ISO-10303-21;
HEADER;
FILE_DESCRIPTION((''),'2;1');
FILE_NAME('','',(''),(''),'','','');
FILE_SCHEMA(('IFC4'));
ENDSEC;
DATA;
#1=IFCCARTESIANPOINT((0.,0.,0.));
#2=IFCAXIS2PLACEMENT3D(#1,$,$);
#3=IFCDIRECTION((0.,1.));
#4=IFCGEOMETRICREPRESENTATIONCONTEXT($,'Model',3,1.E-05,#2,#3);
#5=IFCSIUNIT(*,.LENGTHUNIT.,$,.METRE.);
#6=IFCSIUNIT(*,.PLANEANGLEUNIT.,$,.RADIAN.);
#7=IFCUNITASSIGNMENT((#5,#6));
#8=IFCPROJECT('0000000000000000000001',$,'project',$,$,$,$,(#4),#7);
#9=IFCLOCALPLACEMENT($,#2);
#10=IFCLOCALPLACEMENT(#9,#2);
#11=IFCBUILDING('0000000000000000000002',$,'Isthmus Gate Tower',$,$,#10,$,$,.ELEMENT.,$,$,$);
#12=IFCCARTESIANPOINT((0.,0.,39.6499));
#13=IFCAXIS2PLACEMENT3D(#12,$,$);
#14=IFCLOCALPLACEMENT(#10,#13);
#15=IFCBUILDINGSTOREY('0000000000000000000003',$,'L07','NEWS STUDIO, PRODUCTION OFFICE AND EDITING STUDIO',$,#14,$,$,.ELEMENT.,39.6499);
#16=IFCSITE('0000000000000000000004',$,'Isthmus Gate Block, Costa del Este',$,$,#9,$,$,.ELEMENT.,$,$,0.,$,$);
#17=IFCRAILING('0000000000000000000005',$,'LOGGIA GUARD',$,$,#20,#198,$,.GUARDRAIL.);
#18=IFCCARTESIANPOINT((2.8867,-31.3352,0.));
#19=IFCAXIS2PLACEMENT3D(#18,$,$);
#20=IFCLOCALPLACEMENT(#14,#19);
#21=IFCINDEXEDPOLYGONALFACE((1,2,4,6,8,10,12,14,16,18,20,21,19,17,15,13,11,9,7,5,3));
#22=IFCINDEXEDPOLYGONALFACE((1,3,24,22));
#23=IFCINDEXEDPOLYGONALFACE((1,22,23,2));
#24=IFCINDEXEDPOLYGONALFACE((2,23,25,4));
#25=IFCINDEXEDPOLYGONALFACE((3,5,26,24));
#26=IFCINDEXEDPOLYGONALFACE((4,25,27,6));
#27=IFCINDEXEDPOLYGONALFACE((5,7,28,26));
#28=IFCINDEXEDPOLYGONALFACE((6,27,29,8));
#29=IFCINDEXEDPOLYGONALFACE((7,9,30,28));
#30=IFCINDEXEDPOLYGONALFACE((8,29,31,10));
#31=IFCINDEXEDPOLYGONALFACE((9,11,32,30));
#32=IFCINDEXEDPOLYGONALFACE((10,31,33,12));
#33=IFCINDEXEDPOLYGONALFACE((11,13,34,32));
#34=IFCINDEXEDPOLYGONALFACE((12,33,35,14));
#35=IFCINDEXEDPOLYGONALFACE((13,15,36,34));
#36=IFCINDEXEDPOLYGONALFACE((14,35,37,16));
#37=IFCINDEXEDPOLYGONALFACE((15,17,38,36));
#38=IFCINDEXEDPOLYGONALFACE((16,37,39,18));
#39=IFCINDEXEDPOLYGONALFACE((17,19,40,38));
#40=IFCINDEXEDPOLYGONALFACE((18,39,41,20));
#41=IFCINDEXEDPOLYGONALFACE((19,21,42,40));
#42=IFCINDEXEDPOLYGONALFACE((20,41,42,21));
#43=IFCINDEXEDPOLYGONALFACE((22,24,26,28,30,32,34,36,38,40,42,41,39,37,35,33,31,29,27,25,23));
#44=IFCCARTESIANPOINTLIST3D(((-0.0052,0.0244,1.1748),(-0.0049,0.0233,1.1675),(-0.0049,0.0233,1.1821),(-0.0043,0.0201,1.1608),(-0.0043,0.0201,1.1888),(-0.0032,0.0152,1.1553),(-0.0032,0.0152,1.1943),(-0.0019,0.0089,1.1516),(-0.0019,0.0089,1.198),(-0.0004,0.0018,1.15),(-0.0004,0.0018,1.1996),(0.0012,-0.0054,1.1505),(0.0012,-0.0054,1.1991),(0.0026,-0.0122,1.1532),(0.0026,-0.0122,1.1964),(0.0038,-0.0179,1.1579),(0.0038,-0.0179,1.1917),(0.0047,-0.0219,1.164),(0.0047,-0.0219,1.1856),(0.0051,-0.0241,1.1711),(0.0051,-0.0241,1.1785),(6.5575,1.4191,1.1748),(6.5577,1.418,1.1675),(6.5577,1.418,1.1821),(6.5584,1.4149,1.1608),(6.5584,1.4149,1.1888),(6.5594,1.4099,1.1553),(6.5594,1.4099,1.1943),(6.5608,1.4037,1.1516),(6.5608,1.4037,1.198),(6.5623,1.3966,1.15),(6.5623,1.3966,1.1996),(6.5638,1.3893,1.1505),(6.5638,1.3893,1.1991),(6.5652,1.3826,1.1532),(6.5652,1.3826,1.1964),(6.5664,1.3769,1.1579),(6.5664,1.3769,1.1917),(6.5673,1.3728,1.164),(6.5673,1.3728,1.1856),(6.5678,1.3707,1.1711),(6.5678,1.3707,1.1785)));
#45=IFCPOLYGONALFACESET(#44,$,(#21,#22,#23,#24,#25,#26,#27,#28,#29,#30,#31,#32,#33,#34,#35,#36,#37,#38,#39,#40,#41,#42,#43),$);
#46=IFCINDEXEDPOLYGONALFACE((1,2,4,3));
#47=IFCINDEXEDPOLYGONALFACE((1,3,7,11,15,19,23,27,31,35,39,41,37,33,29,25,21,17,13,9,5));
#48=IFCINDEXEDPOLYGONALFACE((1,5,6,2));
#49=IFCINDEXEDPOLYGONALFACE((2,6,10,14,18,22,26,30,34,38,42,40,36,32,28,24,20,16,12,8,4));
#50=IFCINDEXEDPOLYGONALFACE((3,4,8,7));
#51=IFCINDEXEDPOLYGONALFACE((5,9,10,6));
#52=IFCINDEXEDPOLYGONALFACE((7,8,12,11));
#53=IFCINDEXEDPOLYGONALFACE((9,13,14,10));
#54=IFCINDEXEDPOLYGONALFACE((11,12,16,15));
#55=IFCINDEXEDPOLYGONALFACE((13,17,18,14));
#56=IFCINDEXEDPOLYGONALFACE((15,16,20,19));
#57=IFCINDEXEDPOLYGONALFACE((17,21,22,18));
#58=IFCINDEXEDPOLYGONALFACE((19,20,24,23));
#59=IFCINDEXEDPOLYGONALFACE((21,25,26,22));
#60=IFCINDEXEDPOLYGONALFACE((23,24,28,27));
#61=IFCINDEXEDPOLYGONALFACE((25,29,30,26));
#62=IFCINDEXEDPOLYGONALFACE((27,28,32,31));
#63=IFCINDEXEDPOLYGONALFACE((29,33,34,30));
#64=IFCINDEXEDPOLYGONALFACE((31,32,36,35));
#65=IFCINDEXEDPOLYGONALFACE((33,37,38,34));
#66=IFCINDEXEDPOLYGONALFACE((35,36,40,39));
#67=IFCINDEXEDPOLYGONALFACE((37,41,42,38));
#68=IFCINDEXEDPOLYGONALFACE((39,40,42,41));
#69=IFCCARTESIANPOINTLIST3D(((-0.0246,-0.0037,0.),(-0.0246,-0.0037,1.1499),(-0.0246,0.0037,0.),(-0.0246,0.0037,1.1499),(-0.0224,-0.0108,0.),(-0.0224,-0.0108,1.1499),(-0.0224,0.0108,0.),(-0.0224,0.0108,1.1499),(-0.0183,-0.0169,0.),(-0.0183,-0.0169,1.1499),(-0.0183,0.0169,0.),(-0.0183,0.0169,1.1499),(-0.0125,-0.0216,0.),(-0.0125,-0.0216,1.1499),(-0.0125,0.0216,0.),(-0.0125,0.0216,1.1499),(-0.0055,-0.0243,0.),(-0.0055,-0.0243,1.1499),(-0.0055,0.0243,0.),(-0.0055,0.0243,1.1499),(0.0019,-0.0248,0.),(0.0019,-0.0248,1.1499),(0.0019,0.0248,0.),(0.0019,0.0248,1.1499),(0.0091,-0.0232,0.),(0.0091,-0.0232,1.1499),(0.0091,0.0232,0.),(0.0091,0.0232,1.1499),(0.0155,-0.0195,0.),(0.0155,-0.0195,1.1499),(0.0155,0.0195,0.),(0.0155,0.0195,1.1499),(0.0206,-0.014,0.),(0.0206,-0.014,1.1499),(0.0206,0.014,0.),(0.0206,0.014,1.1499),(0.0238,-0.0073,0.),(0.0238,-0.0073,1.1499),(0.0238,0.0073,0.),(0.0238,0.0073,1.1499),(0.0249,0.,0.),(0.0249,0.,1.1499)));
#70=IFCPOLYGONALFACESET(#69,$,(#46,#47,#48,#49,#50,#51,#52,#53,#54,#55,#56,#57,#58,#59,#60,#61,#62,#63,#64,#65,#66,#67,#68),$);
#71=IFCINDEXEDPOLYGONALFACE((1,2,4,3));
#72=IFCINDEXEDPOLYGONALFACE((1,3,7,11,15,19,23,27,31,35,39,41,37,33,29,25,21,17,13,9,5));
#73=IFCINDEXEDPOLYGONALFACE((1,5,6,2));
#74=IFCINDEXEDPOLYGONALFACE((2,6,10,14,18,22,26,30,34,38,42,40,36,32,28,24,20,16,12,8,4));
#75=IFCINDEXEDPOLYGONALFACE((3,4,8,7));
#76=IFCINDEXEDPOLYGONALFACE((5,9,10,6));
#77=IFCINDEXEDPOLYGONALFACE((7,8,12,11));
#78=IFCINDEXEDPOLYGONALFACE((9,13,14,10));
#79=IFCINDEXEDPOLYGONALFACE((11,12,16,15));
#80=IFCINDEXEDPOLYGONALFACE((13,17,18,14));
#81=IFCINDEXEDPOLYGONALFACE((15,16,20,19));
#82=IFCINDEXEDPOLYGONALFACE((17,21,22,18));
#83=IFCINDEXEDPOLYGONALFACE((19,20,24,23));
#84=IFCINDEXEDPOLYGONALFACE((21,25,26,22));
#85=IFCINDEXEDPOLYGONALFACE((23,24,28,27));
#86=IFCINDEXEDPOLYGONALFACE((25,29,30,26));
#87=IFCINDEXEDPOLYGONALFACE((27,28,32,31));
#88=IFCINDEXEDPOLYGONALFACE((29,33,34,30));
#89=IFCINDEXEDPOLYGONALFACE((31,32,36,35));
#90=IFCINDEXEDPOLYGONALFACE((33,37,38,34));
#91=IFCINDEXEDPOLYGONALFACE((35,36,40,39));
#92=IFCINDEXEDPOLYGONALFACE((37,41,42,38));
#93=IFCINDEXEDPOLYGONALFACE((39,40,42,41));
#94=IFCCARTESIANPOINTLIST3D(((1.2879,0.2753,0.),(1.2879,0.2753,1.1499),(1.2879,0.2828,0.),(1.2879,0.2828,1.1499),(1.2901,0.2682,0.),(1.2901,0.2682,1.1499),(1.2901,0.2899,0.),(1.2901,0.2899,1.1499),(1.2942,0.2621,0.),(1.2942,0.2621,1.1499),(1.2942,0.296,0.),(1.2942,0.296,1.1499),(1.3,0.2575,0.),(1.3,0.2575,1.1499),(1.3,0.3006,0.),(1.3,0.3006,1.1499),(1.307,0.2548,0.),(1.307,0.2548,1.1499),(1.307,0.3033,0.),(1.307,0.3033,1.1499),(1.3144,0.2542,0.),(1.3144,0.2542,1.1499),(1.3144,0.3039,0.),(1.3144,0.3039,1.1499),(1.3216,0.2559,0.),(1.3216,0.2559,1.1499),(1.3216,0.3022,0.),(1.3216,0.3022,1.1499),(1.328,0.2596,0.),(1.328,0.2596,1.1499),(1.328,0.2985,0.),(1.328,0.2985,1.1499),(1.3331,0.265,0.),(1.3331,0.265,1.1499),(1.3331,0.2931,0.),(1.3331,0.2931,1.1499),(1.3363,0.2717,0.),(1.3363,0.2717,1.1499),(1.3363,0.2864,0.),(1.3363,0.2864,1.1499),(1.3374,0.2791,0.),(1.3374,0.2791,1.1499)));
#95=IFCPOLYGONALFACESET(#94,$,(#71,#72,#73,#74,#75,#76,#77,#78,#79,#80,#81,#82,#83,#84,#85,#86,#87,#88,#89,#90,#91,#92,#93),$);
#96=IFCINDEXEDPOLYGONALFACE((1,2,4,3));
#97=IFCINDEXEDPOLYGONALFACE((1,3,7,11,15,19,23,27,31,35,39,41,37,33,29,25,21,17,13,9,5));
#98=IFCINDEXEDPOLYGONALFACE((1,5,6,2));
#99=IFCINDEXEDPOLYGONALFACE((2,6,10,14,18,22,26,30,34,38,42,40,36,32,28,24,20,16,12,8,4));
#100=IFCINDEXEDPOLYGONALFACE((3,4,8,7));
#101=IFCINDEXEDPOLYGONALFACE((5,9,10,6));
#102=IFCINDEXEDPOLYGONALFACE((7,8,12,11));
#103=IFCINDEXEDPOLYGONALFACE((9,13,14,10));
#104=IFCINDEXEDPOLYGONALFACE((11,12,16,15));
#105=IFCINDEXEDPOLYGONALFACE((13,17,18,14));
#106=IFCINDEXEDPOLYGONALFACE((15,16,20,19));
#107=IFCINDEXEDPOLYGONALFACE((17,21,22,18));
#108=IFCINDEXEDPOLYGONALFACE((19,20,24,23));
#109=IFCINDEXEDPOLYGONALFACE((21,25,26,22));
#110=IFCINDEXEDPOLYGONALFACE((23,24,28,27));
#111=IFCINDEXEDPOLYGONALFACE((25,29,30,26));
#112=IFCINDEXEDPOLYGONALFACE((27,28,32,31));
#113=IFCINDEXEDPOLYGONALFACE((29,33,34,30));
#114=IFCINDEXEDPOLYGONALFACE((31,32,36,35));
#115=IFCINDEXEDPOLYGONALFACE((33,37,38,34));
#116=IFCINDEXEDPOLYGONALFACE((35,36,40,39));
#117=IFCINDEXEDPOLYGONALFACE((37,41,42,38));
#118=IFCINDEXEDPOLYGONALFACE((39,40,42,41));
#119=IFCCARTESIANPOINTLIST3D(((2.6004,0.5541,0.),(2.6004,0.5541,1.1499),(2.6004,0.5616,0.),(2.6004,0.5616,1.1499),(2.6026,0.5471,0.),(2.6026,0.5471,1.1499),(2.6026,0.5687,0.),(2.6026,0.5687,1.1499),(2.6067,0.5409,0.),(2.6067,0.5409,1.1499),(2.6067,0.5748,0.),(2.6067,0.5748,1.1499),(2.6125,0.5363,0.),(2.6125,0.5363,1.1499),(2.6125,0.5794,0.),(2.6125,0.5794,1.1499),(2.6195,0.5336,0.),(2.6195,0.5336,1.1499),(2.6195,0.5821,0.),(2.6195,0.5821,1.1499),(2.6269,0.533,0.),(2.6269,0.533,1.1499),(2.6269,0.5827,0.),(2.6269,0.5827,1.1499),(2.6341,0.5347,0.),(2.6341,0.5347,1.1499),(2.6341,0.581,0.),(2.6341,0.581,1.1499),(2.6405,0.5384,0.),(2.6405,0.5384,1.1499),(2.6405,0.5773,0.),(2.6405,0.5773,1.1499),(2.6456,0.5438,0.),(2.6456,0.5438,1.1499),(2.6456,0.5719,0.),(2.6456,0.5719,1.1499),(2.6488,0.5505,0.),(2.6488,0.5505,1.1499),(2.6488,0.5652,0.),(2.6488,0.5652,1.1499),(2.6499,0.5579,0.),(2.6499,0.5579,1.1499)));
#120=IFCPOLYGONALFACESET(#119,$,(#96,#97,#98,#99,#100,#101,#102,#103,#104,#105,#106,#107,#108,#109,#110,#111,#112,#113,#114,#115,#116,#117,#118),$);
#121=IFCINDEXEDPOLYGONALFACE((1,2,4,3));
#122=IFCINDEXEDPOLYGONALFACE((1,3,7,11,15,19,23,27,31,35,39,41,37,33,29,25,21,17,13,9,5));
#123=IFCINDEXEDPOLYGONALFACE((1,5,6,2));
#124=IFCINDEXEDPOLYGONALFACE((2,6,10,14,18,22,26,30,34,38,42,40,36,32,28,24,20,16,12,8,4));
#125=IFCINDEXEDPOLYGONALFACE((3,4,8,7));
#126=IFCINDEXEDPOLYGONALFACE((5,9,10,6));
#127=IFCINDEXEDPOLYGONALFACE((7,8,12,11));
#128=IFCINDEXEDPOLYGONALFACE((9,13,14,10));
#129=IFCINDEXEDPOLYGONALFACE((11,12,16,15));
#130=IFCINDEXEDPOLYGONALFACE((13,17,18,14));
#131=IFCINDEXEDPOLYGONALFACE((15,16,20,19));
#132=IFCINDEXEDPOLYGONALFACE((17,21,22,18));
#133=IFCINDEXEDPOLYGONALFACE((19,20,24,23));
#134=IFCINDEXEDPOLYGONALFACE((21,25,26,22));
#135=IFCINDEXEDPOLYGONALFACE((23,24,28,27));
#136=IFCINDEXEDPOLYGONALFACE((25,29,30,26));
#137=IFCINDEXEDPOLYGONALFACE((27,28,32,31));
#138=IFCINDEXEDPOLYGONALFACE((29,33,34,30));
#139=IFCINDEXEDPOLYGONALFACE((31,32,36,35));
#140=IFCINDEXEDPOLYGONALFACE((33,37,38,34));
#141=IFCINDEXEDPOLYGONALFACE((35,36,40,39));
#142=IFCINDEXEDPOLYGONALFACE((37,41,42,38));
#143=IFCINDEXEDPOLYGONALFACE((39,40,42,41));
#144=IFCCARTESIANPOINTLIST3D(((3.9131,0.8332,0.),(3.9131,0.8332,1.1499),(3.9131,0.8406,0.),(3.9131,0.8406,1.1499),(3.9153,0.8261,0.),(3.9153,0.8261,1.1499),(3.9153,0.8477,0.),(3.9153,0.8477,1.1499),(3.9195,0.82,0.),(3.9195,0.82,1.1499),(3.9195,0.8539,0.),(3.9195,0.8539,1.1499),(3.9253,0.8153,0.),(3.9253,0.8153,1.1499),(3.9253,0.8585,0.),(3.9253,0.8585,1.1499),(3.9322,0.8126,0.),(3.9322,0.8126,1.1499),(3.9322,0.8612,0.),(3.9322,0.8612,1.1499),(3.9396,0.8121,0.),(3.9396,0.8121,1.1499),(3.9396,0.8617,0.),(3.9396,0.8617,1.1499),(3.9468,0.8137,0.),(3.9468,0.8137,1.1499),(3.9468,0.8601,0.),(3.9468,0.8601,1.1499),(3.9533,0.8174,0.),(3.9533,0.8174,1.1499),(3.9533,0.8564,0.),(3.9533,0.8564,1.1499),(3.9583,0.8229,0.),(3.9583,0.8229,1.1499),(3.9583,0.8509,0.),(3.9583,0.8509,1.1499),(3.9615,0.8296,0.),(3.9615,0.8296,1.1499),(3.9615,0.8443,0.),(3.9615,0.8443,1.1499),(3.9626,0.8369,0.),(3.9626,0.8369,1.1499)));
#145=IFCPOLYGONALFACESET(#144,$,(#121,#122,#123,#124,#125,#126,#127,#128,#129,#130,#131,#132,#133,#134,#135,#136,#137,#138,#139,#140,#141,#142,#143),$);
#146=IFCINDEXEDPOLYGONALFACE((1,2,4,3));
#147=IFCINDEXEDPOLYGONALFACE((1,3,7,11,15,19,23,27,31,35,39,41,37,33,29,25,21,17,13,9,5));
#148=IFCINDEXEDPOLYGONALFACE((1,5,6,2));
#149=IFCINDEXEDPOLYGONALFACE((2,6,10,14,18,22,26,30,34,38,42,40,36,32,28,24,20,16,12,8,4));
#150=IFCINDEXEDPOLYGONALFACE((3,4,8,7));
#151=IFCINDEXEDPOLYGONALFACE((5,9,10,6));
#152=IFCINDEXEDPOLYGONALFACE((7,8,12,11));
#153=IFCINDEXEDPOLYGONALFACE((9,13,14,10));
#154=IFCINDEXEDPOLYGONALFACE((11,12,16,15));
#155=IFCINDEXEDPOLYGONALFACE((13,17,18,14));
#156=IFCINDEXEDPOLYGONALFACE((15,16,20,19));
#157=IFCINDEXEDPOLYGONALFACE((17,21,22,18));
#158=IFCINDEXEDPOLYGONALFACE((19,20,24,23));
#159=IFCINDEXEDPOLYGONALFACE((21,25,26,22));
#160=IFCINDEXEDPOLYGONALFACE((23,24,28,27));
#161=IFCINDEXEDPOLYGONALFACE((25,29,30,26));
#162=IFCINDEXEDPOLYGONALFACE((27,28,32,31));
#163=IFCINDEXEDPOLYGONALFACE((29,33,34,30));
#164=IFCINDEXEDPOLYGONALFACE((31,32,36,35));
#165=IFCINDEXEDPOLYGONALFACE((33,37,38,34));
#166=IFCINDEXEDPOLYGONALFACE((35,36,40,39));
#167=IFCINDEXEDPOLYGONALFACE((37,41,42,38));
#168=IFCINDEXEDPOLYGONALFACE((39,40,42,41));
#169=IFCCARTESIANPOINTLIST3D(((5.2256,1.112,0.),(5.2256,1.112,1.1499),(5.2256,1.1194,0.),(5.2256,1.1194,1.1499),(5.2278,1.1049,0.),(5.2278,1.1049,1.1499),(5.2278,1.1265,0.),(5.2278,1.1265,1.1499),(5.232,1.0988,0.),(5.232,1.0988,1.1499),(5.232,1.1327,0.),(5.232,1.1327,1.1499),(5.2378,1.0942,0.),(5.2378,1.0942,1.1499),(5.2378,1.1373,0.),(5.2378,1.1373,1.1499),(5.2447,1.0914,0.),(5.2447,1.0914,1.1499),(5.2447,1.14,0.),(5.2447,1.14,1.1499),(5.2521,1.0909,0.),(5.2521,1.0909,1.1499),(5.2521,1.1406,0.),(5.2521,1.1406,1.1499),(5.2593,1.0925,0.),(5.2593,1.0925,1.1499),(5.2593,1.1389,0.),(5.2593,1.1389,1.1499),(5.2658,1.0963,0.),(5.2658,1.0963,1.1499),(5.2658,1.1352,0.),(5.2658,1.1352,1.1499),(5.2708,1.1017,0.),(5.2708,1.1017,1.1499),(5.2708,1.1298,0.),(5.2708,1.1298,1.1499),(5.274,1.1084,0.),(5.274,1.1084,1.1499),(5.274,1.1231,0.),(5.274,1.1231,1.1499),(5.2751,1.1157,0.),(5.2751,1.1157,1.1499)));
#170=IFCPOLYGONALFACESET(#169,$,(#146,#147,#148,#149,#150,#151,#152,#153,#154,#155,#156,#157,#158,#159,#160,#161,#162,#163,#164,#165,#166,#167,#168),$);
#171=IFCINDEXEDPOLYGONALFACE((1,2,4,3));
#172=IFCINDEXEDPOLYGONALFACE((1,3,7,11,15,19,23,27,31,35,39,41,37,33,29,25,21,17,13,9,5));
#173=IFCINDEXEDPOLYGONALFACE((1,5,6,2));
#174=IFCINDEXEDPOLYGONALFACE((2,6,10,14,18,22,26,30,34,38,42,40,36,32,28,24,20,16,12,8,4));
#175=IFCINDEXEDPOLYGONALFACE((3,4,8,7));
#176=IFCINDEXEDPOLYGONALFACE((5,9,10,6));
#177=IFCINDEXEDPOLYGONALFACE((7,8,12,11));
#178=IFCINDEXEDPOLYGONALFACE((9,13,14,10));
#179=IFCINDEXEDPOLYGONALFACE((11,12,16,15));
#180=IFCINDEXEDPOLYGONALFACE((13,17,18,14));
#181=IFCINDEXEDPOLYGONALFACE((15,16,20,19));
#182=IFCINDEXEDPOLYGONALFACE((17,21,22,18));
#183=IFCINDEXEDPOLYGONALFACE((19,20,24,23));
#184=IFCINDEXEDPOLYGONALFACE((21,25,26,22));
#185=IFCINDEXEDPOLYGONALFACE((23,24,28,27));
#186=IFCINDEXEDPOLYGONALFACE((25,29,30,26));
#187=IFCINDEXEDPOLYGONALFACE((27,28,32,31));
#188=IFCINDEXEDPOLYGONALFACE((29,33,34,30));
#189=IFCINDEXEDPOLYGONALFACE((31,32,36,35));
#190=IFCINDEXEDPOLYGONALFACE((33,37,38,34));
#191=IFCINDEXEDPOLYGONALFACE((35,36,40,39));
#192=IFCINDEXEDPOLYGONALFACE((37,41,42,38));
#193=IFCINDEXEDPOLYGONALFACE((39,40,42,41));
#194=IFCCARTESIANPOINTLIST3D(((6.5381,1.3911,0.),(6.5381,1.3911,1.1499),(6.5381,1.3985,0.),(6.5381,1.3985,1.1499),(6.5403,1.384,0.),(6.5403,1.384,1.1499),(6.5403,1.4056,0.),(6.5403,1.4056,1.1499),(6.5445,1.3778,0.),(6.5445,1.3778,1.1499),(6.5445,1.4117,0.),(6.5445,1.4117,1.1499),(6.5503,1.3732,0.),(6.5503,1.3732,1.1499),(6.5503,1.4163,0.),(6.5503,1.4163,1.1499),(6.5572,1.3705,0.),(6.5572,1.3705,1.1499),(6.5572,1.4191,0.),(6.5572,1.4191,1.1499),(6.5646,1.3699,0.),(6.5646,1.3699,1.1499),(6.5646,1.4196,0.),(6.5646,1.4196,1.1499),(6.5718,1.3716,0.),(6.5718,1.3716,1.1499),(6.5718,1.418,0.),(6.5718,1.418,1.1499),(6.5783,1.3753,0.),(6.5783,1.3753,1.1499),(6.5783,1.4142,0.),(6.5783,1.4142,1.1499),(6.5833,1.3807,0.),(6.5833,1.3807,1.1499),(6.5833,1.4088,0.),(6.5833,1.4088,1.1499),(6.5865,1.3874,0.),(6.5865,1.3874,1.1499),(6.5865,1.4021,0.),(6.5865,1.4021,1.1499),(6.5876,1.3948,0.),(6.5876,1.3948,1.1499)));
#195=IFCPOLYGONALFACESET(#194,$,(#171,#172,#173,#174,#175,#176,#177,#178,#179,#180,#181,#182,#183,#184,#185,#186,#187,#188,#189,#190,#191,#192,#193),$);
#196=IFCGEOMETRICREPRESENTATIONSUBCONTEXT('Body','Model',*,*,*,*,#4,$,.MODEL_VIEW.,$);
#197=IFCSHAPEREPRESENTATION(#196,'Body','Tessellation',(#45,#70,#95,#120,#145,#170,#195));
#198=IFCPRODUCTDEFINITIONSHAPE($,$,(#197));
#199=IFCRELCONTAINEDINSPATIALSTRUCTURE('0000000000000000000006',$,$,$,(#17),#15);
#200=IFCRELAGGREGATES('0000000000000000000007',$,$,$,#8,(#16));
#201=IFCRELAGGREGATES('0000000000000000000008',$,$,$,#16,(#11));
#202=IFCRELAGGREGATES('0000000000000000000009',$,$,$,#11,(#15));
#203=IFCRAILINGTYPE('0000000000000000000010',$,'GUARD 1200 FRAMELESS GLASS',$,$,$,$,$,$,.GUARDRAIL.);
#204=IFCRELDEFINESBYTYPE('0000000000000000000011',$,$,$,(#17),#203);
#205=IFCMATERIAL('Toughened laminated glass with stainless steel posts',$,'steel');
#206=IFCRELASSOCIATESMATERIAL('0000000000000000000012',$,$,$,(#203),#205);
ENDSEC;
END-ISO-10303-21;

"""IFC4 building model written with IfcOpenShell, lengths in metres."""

from ifc_helpers import new_model, si_unit, direction, frame, origin, origin_2d, place, context, subcontext, project, spatial, circle, extrude, material, type_object, element, save


model = new_model("IFC4")

# Units and contexts
model_context = context("Model", 3, precision=1e-05, world=origin(), true_north=direction((0.0, 1.0)))
body_context = subcontext(model_context, "Body", "Model", "MODEL_VIEW")
ifc_project = project(units=[si_unit("LENGTHUNIT", "METRE"), si_unit("PLANEANGLEUNIT", "RADIAN")], contexts=[model_context])

# Site, building, storey
site_placement = place(None, origin())
site = spatial("IfcSite", under=ifc_project, at=site_placement, Name="Isthmus Gate Block, Costa del Este", CompositionType="ELEMENT", RefElevation=0.0)
building_placement = place(site_placement, origin())
building = spatial("IfcBuilding", under=site, at=building_placement, Name="Isthmus Gate Tower", CompositionType="ELEMENT")
storey_placement = place(building_placement, frame((0.0, 0.0, 39.6499)))
storey = spatial("IfcBuildingStorey", under=building, at=storey_placement, Name="L07", Description="NEWS STUDIO, PRODUCTION OFFICE AND EDITING STUDIO", CompositionType="ELEMENT", Elevation=39.6499)

# Railing
ifc_material_1 = material(Name="Toughened laminated glass with stainless steel posts", Category="steel")
railing_type = type_object("IfcRailingType", Name="GUARD 1200 FRAMELESS GLASS", PredefinedType="GUARDRAIL", material=ifc_material_1)
railing_placement = place(storey_placement, frame((2.8867, -31.3352, 0.0)))
element("IfcRailing", 1, at=railing_placement, inside=storey, type_object=railing_type, Name="LOGGIA GUARD", PredefinedType="GUARDRAIL", context=body_context, shape_type="SweptSolid", body=[
    extrude(circle(Radius=0.0249, at=origin_2d()), frame((0.0, 0.0, 1.1748), z_axis=(0.978153, 0.207886, 0.0), x_axis=(-0.207886, 0.978153, 0.0)), (0.0, 0.0, 1.0), 6.7092),
    extrude(circle(Radius=0.0249, at=origin_2d()), origin(), (0.0, 0.0, 1.0), 1.1499),
    extrude(circle(Radius=0.0249, at=origin_2d()), frame((1.3125, 0.2791, 0.0)), (0.0, 0.0, 1.0), 1.1499),
    extrude(circle(Radius=0.0249, at=origin_2d()), frame((2.625, 0.5579, 0.0)), (0.0, 0.0, 1.0), 1.1499),
    extrude(circle(Radius=0.0249, at=origin_2d()), frame((3.9377, 0.8369, 0.0)), (0.0, 0.0, 1.0), 1.1499),
    extrude(circle(Radius=0.0249, at=origin_2d()), frame((5.2502, 1.1157, 0.0)), (0.0, 0.0, 1.0), 1.1499),
    extrude(circle(Radius=0.0249, at=origin_2d()), frame((6.5627, 1.3948, 0.0)), (0.0, 0.0, 1.0), 1.1499),
])

save(model, "model.ifc")
